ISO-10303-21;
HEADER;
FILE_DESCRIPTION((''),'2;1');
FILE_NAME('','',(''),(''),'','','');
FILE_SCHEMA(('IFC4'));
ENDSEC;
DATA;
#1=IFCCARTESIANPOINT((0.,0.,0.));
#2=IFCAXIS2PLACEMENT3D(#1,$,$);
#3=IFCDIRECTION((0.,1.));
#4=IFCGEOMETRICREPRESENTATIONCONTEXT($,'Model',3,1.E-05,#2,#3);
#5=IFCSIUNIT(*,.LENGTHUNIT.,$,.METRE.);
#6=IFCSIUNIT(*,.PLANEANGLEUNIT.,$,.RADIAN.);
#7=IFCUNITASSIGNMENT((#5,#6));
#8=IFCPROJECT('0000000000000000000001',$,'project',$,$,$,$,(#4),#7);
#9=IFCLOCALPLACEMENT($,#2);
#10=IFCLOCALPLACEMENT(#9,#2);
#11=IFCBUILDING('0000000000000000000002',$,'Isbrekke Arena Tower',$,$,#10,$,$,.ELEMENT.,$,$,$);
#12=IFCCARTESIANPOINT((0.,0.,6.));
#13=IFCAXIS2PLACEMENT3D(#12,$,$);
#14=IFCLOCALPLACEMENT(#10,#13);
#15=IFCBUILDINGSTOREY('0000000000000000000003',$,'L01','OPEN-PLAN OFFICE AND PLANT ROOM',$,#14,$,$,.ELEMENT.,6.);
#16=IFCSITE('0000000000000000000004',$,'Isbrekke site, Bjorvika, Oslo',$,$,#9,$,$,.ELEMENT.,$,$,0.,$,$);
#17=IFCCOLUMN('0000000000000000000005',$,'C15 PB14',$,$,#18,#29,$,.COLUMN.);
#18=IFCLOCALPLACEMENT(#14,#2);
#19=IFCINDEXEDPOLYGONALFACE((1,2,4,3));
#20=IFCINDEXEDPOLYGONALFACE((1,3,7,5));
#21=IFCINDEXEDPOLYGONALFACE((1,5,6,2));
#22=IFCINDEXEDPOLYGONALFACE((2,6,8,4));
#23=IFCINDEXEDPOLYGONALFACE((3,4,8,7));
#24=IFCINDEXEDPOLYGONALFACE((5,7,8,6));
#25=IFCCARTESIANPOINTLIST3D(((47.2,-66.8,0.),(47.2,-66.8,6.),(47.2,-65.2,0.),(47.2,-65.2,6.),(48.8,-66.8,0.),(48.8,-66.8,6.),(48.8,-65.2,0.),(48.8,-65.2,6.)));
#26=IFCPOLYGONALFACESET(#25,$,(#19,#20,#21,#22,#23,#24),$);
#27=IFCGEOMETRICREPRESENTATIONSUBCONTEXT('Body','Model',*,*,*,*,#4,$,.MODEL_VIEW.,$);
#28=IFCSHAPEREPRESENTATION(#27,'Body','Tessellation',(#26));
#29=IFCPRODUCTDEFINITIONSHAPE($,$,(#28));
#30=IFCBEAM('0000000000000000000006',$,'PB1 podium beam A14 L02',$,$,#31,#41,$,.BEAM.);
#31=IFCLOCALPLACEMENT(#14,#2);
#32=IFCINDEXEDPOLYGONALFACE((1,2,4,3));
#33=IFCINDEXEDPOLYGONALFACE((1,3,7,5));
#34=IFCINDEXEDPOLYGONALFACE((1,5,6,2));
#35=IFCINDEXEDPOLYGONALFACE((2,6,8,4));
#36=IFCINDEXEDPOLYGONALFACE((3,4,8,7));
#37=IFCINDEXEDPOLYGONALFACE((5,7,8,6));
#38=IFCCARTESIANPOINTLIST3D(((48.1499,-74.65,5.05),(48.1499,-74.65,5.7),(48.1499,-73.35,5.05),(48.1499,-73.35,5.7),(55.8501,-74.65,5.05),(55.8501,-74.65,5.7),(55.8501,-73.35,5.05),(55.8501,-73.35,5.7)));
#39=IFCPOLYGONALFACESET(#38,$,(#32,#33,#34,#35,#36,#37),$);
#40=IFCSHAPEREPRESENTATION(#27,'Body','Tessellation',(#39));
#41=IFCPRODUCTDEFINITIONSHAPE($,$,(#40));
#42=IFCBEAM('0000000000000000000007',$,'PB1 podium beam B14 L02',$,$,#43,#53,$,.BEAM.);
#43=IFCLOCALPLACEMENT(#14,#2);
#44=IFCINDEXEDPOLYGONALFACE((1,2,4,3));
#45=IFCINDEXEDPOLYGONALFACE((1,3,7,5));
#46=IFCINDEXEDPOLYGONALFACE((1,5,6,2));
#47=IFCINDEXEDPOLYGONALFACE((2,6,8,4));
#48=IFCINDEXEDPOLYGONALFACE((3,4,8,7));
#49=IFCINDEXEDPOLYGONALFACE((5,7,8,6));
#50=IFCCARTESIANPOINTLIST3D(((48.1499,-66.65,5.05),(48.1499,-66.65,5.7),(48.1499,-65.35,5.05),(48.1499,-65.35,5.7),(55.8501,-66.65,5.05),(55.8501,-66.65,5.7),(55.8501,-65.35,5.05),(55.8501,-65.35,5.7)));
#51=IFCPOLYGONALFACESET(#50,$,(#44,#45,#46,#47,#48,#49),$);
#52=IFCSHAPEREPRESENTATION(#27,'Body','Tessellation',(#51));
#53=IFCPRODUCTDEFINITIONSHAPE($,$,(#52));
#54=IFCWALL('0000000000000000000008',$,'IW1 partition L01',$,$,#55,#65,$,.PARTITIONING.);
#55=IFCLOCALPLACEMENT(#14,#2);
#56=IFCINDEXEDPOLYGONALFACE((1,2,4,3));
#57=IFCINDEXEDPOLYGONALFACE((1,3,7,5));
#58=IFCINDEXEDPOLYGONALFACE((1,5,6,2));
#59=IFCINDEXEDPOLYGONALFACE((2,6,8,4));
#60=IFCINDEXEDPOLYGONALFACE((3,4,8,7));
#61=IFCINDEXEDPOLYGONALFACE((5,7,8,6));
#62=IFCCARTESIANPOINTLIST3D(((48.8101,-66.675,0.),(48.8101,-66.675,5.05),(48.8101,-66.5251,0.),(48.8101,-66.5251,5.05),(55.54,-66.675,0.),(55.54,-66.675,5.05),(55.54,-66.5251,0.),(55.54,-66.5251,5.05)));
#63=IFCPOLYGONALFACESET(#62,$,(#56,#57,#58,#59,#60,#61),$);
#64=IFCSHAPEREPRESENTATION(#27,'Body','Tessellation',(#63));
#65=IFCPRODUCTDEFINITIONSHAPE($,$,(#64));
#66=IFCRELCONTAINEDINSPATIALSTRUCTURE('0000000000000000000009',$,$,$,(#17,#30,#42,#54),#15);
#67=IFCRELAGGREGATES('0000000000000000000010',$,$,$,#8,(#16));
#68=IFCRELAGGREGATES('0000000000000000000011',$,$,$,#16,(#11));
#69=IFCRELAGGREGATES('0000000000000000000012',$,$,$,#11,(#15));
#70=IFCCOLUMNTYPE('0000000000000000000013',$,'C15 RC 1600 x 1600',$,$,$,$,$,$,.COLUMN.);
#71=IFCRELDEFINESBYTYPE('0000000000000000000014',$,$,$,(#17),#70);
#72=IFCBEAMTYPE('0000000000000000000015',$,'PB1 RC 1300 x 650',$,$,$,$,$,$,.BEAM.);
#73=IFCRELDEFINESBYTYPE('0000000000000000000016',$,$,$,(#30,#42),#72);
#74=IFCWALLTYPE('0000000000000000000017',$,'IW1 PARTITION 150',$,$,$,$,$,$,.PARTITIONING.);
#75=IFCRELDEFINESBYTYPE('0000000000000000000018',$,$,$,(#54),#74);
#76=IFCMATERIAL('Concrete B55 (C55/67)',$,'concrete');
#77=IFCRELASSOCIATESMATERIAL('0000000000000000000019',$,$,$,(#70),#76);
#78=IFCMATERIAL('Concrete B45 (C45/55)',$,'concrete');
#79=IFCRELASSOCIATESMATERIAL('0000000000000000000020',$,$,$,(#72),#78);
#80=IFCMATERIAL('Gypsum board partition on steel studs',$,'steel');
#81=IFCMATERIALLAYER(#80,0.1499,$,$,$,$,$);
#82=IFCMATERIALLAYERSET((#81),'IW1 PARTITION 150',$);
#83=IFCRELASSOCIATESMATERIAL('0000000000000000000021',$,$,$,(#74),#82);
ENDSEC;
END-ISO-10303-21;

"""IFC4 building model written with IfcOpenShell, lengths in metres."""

from ifc_helpers import new_model, si_unit, direction, frame, frame_2d, origin, origin_2d, place, context, subcontext, project, spatial, rectangle, extrude, material, layer, layer_set, material_profile, profile_set, type_object, element, save


model = new_model("IFC4")

# Units and contexts
model_context = context("Model", 3, precision=1e-05, world=origin(), true_north=direction((0.0, 1.0)))
body_context = subcontext(model_context, "Body", "Model", "MODEL_VIEW")
ifc_project = project(units=[si_unit("LENGTHUNIT", "METRE"), si_unit("PLANEANGLEUNIT", "RADIAN")], contexts=[model_context])

# Site, building, storey
site_placement = place(None, origin())
site = spatial("IfcSite", under=ifc_project, at=site_placement, Name="Isbrekke site, Bjorvika, Oslo", CompositionType="ELEMENT", RefElevation=0.0)
building_placement = place(site_placement, origin())
building = spatial("IfcBuilding", under=site, at=building_placement, Name="Isbrekke Arena Tower", CompositionType="ELEMENT")
storey_placement = place(building_placement, frame((0.0, 0.0, 6.0)))
storey = spatial("IfcBuildingStorey", under=building, at=storey_placement, Name="L01", Description="OPEN-PLAN OFFICE AND PLANT ROOM", CompositionType="ELEMENT", Elevation=6.0)

# Column
ifc_material_1 = material(Name="Concrete B55 (C55/67)", Category="concrete")
ifc_material_profile_1 = material_profile(ifc_material_1, rectangle(XDim=1.6001, YDim=1.6001, at=origin_2d()), Name="RC 1600x1600")
ifc_profile_set_1 = profile_set([ifc_material_profile_1], Name="Concrete B55 (C55/67)")
column_type = type_object("IfcColumnType", Name="C15 RC 1600 x 1600", PredefinedType="COLUMN", material=ifc_profile_set_1)
column_placement = place(storey_placement, frame((48.0, -66.0, 0.0), z_axis=(0.0, 0.0, 1.0), x_axis=(1.0, 0.0, 0.0)))
element("IfcColumn", 1, at=column_placement, inside=storey, type_object=column_type, Name="C15 PB14", PredefinedType="COLUMN", context=body_context, shape_type="SweptSolid", body=[
    extrude(rectangle(XDim=1.6001, YDim=1.6001, at=origin_2d()), origin(), (0.0, 0.0, 1.0), 6.0),
])

# Beams
ifc_material_2 = material(Name="Concrete B45 (C45/55)", Category="concrete")
ifc_material_profile_2 = material_profile(ifc_material_2, rectangle(XDim=1.3, YDim=0.6499, at=origin_2d()), Name="RC 1300x650")
ifc_profile_set_2 = profile_set([ifc_material_profile_2], Name="Concrete B45 (C45/55)")
beam_type = type_object("IfcBeamType", Name="PB1 RC 1300 x 650", PredefinedType="BEAM", material=ifc_profile_set_2)
for number, where, z_axis, x_axis, name in (
    (2, (48.1499, -74.0, 5.375), (1.0, 0.0, 0.0), (0.0, 1.0, 0.0), "PB1 podium beam A14 L02"),
    (3, (48.1499, -66.0, 5.375), (1.0, 0.0, 0.0), (0.0, 1.0, 0.0), "PB1 podium beam B14 L02"),
):
    element("IfcBeam", number, at=place(storey_placement, frame(where, z_axis=z_axis, x_axis=x_axis)), inside=storey, type_object=beam_type, Name=name, PredefinedType="BEAM", context=body_context, shape_type="SweptSolid", body=[
        extrude(rectangle(XDim=1.3, YDim=0.6499, at=origin_2d()), origin(), (0.0, 0.0, 1.0), 7.7002),
    ])

# Wall
ifc_material_3 = material(Name="Gypsum board partition on steel studs", Category="steel")
ifc_layer = layer(ifc_material_3, 0.1499)
ifc_layer_set = layer_set([ifc_layer], Name="IW1 PARTITION 150")
wall_type = type_object("IfcWallType", Name="IW1 PARTITION 150", PredefinedType="PARTITIONING", material=ifc_layer_set)
wall_placement = place(storey_placement, frame((48.8101, -66.6001, 0.0), z_axis=(0.0, 0.0, 1.0), x_axis=(1.0, 0.0, 0.0)))
element("IfcWall", 4, at=wall_placement, inside=storey, type_object=wall_type, Name="IW1 partition L01", PredefinedType="PARTITIONING", context=body_context, shape_type="SweptSolid", body=[
    extrude(rectangle(XDim=6.73, YDim=0.1499, at=frame_2d((3.365, 0.0))), origin(), (0.0, 0.0, 1.0), 5.05),
])

save(model, "model.ifc")
